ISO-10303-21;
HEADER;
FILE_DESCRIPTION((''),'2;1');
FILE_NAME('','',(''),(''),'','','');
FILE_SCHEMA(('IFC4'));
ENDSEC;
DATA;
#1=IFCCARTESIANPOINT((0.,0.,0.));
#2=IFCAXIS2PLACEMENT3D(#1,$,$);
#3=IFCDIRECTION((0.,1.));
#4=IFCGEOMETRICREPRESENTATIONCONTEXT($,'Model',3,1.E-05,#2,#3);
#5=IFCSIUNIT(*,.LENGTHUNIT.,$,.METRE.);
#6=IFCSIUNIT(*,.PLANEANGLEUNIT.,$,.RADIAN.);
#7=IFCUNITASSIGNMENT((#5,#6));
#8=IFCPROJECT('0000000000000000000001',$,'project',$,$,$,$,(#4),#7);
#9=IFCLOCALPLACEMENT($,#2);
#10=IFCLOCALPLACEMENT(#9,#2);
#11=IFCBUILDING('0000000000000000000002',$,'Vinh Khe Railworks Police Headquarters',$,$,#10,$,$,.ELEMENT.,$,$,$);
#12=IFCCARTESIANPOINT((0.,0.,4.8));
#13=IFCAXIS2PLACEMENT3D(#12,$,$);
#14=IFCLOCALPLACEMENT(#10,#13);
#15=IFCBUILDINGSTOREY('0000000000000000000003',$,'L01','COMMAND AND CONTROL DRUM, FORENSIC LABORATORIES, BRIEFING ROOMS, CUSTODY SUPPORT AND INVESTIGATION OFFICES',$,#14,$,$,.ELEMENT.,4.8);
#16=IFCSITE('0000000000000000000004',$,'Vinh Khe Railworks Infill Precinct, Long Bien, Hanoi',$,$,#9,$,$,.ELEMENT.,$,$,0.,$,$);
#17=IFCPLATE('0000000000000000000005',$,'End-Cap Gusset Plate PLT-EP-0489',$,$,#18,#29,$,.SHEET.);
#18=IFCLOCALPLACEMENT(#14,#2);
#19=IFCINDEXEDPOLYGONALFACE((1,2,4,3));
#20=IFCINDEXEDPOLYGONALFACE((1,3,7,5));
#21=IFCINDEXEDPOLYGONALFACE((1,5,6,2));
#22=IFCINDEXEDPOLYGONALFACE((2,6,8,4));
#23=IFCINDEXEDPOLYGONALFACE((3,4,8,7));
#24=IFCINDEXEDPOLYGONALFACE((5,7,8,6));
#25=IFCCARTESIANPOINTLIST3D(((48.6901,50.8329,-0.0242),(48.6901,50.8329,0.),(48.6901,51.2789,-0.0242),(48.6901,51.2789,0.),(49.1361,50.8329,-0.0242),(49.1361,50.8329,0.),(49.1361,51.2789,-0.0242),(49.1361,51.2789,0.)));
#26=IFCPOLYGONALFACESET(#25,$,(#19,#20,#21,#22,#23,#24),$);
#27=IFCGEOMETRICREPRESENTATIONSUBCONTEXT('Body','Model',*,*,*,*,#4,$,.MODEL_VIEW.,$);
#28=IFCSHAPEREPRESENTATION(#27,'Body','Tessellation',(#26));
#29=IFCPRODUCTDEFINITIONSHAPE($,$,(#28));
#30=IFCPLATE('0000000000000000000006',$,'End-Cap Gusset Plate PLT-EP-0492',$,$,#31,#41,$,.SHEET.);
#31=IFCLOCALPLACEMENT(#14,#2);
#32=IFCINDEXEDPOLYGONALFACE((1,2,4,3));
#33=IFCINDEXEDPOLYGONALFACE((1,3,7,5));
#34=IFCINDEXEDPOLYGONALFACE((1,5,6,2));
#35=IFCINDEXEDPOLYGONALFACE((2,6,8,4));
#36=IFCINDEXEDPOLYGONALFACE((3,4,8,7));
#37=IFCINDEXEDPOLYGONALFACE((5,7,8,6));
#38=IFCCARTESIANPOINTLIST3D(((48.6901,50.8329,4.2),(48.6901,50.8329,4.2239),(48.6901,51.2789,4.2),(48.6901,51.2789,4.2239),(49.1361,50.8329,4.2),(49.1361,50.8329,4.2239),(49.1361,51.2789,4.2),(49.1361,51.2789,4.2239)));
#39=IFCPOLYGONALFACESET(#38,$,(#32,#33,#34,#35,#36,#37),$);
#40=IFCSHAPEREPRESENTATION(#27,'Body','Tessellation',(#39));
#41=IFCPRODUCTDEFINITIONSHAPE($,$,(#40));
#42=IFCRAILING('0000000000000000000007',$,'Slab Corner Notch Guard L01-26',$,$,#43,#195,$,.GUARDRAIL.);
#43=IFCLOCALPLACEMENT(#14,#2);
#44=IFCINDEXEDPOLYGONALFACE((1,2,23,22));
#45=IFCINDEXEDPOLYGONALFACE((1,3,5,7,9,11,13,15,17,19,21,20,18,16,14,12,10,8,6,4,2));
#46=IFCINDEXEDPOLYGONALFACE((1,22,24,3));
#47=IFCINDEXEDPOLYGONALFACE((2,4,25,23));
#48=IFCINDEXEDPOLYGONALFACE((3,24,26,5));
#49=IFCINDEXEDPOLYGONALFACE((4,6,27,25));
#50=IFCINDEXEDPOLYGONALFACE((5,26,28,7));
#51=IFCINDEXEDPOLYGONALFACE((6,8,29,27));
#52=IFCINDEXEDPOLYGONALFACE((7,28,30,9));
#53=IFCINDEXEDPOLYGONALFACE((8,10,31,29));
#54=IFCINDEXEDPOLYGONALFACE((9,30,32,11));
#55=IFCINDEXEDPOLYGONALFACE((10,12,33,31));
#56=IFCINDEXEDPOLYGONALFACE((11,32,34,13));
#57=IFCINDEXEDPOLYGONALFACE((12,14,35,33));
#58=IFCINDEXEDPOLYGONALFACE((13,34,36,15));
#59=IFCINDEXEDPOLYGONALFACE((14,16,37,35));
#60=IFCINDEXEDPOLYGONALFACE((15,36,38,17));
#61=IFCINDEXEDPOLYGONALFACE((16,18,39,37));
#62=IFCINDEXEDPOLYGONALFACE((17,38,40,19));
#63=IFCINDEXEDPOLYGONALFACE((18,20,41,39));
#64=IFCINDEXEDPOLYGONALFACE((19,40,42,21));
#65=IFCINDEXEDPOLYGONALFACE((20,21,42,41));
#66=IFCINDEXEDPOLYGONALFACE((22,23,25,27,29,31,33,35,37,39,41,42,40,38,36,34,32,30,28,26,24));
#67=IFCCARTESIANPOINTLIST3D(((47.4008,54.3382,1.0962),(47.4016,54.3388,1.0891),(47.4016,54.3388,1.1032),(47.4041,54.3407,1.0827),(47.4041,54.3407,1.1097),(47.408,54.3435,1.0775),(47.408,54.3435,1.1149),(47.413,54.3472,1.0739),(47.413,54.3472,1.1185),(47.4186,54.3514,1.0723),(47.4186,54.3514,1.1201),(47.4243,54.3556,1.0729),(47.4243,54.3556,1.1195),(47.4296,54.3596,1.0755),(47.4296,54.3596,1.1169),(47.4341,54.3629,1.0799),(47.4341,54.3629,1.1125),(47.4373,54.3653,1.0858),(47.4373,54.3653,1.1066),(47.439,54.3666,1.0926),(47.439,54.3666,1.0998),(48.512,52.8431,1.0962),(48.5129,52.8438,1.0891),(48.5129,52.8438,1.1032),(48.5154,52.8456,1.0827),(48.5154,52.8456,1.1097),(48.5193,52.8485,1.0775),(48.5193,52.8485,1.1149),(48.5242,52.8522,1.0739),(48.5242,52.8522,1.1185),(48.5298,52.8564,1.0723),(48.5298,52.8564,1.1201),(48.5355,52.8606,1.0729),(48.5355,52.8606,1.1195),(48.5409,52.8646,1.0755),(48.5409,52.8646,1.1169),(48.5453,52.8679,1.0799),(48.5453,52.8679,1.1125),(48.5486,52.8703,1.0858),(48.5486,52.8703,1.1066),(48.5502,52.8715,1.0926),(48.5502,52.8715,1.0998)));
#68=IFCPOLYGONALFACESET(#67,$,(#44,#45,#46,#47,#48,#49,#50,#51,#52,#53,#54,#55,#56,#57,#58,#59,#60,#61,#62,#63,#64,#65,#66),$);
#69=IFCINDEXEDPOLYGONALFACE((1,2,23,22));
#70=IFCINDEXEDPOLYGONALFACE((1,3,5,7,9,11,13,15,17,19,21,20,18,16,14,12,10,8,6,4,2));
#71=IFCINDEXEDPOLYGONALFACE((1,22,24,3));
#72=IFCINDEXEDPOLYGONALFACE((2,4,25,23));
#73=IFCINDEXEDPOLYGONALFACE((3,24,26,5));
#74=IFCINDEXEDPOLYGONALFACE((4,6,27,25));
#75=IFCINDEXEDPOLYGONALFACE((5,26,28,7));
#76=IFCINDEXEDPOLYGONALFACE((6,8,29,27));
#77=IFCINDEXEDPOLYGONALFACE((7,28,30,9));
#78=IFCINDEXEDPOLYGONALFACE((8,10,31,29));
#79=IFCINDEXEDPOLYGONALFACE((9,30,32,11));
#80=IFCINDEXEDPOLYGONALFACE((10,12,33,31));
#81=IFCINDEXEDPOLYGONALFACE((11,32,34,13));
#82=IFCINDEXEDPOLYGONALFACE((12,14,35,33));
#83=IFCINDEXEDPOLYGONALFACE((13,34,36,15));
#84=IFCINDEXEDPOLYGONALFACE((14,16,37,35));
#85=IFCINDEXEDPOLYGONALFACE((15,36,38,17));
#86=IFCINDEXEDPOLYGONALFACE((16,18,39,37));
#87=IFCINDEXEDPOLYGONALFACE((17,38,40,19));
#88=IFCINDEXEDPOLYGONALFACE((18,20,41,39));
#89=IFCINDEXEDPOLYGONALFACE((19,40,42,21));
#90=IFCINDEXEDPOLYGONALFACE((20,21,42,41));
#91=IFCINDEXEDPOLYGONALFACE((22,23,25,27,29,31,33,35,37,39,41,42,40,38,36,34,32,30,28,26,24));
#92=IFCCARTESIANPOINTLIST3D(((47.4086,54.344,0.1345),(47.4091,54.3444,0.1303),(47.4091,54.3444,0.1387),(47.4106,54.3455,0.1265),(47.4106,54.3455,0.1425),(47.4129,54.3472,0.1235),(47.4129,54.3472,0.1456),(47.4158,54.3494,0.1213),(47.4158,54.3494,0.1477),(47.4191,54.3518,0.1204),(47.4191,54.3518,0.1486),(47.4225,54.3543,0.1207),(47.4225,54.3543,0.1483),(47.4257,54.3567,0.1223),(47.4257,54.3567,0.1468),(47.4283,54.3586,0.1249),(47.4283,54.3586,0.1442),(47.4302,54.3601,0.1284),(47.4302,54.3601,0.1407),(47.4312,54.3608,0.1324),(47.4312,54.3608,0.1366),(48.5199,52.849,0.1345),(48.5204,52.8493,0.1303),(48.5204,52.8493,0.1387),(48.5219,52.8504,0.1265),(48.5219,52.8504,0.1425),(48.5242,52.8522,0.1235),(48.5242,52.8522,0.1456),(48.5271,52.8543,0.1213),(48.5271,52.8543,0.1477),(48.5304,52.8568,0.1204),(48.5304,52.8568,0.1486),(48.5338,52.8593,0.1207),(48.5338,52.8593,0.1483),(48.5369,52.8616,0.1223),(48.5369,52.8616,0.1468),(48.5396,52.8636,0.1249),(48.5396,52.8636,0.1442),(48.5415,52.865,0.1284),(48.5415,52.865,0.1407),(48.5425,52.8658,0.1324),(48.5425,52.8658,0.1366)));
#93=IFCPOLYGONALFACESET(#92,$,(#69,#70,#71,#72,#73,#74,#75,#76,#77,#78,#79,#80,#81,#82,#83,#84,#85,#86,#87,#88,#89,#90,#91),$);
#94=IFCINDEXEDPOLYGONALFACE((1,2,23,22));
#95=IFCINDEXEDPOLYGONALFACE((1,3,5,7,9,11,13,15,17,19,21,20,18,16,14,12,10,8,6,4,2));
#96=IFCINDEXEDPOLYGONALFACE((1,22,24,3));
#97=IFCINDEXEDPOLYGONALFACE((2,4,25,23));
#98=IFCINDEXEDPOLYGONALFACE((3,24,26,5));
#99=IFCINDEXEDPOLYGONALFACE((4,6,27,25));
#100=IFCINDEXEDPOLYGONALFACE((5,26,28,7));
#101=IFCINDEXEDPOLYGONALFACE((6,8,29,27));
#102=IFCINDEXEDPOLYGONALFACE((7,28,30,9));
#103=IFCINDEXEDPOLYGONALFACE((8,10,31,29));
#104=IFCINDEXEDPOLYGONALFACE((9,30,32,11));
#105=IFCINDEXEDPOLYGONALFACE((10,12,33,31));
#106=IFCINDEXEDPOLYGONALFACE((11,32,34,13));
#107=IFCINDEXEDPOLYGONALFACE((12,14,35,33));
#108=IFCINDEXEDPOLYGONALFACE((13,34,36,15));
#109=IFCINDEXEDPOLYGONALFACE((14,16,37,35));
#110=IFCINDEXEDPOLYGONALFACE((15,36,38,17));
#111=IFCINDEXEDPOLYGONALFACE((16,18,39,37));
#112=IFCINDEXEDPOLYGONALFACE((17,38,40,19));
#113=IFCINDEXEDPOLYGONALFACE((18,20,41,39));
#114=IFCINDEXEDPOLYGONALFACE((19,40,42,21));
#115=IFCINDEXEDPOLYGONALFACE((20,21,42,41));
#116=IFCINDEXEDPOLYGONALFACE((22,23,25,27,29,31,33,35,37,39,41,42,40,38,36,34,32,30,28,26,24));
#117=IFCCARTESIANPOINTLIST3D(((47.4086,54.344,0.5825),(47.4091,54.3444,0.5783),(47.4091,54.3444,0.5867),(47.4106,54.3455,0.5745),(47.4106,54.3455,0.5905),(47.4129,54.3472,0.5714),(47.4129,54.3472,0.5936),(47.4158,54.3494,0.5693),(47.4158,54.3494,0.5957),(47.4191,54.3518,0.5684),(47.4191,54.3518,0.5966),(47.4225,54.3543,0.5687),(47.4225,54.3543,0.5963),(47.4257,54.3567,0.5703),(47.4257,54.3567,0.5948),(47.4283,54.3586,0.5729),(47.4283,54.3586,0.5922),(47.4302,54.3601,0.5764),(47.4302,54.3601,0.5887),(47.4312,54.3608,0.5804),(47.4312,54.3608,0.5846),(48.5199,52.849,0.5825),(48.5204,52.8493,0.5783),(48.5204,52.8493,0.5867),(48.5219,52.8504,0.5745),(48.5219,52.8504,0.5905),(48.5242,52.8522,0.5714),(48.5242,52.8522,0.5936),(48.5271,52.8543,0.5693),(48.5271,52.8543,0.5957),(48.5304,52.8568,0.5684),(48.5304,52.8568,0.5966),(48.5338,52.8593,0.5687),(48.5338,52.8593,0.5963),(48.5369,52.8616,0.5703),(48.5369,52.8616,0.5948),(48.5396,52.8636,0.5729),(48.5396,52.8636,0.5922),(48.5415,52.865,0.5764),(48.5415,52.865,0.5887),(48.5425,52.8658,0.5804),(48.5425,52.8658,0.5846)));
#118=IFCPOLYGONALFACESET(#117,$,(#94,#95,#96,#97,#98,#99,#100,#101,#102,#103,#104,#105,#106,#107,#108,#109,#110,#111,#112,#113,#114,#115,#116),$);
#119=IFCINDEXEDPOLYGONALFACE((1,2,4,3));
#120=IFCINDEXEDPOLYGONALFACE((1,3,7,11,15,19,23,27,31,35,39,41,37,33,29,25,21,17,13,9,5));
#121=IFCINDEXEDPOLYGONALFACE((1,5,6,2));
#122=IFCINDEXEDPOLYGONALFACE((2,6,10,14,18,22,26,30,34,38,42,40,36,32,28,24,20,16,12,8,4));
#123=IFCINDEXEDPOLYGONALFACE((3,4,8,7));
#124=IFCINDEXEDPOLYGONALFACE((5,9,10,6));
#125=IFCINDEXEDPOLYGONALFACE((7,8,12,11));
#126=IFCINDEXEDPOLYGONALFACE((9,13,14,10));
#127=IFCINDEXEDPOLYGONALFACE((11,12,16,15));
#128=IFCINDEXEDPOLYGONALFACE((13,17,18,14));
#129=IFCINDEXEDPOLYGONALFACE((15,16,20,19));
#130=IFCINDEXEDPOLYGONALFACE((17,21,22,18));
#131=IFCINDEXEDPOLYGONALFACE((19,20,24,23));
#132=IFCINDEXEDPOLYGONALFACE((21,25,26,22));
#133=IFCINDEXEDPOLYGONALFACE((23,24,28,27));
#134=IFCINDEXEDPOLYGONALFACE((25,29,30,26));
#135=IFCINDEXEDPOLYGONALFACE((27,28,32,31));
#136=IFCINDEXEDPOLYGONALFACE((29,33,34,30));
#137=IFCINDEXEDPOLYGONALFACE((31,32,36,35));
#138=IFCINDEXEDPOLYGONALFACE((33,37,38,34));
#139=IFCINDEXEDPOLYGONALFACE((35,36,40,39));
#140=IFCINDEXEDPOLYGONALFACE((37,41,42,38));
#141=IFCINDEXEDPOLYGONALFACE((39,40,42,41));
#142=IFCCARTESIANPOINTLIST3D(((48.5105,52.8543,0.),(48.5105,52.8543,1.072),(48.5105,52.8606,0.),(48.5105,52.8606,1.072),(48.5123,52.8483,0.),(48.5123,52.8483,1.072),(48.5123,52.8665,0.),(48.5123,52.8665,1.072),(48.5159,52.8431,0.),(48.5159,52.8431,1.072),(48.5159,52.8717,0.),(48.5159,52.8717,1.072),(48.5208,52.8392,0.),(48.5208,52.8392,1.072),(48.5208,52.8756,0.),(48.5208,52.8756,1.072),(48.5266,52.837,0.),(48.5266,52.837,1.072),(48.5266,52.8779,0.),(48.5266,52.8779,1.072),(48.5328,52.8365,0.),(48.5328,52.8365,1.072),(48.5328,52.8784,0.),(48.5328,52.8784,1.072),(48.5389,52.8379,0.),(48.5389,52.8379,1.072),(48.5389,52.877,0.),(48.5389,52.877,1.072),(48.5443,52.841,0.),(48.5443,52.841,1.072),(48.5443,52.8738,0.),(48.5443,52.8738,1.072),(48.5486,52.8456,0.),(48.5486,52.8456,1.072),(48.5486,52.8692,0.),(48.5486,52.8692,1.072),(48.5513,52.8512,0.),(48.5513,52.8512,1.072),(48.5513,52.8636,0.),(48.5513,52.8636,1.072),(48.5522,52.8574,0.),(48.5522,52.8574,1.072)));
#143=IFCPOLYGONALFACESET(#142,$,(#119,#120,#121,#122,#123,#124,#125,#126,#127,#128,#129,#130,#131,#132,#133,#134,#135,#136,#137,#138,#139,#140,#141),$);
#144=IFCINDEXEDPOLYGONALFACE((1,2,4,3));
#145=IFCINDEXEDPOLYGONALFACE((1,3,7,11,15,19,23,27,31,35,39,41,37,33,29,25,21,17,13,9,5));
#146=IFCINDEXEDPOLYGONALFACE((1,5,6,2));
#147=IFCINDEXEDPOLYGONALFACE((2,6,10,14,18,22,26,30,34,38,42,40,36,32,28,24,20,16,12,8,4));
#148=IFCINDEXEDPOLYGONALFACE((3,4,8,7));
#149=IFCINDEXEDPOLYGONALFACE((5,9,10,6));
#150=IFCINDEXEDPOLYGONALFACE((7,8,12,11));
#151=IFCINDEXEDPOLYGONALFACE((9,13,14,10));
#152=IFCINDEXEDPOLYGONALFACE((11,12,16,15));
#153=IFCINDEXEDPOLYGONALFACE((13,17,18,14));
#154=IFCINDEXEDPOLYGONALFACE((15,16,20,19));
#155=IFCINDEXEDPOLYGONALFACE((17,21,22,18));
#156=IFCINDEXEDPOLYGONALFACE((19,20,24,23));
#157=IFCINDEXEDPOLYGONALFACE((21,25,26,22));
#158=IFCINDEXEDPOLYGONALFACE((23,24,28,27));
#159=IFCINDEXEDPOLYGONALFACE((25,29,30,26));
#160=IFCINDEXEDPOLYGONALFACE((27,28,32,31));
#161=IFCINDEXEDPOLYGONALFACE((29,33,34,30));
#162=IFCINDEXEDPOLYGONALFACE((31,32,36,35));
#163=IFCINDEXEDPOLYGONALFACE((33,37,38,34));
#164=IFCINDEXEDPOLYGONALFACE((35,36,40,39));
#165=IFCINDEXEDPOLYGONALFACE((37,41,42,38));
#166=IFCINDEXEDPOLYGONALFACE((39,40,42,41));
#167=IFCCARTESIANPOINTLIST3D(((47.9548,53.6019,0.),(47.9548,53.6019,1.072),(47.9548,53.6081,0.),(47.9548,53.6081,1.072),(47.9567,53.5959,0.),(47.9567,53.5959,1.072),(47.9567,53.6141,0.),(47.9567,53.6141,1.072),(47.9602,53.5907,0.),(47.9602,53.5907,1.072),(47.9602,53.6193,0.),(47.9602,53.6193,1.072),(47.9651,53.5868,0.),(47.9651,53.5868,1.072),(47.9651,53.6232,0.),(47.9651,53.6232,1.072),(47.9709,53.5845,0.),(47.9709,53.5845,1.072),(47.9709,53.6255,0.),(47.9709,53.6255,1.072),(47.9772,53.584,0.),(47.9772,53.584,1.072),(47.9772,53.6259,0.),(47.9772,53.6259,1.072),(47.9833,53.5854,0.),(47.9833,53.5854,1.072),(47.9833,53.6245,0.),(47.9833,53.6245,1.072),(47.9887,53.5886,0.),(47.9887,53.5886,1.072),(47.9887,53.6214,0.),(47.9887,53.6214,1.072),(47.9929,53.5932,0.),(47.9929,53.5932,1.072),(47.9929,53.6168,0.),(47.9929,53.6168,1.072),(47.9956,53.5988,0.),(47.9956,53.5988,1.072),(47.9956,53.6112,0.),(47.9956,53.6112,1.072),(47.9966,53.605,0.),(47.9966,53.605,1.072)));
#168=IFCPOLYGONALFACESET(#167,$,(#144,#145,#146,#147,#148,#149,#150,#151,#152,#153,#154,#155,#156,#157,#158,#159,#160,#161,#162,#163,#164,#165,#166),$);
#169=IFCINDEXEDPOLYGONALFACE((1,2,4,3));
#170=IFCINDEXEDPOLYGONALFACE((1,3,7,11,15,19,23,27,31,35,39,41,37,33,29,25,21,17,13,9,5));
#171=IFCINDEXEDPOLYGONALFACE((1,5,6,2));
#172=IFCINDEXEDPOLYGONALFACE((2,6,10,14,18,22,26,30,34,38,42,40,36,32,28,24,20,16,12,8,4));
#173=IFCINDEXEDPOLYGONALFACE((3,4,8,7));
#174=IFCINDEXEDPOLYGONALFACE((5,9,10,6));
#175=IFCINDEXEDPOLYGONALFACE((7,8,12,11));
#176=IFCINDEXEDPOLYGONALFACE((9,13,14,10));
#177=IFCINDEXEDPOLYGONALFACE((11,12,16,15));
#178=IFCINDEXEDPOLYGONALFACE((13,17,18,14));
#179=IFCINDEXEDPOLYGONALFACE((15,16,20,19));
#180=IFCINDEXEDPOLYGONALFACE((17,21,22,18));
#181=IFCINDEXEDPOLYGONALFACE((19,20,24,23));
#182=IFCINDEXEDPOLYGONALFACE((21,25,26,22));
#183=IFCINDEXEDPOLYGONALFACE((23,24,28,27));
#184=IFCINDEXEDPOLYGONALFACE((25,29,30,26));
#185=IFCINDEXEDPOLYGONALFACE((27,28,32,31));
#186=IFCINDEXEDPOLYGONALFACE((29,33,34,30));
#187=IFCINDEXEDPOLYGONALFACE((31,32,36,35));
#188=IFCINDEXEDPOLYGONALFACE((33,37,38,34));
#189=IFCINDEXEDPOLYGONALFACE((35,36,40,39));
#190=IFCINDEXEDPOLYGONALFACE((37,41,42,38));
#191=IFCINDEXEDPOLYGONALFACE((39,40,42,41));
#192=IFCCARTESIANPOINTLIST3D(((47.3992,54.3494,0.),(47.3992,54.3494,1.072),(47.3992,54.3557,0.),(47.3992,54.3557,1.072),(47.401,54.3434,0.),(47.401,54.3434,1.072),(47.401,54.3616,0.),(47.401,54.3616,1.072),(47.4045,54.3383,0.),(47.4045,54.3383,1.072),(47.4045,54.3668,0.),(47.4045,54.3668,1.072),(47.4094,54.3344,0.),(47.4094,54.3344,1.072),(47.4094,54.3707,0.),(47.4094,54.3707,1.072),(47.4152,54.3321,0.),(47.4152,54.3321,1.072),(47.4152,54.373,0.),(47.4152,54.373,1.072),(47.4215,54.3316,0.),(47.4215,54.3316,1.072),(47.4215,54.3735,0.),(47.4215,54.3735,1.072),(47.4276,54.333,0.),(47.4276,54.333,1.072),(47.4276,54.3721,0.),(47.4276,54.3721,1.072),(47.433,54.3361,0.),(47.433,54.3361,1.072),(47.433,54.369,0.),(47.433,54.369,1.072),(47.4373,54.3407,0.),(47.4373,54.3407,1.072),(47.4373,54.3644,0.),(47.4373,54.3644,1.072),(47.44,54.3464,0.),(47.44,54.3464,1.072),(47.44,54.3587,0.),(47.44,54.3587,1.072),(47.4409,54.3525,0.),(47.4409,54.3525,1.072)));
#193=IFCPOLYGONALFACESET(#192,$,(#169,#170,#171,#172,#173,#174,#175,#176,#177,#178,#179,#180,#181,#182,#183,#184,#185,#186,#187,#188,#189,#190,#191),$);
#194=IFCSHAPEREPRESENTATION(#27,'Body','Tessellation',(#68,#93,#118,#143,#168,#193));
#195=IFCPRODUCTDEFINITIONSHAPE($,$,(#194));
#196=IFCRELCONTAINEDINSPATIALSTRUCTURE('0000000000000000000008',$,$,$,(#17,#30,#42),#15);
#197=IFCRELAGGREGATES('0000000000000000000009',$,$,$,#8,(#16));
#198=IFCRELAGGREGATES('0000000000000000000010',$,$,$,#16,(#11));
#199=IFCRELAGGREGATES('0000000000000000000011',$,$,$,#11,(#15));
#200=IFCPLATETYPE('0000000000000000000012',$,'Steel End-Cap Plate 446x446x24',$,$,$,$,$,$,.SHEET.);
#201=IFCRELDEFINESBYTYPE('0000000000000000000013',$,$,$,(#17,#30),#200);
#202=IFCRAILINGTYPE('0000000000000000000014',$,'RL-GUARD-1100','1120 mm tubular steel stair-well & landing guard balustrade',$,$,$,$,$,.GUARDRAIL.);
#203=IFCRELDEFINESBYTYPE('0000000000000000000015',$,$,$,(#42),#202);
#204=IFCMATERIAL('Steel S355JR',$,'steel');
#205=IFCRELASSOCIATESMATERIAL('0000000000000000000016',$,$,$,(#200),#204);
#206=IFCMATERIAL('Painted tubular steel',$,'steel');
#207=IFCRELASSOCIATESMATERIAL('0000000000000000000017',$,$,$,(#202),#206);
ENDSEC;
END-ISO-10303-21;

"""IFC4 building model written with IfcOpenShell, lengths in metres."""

from ifc_helpers import new_model, si_unit, direction, frame, origin, origin_2d, place, context, subcontext, project, spatial, rectangle, circle, extrude, material, material_profile, profile_set, type_object, element, save


model = new_model("IFC4")

# Units and contexts
model_context = context("Model", 3, precision=1e-05, world=origin(), true_north=direction((0.0, 1.0)))
body_context = subcontext(model_context, "Body", "Model", "MODEL_VIEW")
ifc_project = project(units=[si_unit("LENGTHUNIT", "METRE"), si_unit("PLANEANGLEUNIT", "RADIAN")], contexts=[model_context])

# Site, building, storey
site_placement = place(None, origin())
site = spatial("IfcSite", under=ifc_project, at=site_placement, Name="Vinh Khe Railworks Infill Precinct, Long Bien, Hanoi", CompositionType="ELEMENT", RefElevation=0.0)
building_placement = place(site_placement, origin())
building = spatial("IfcBuilding", under=site, at=building_placement, Name="Vinh Khe Railworks Police Headquarters", CompositionType="ELEMENT")
storey_placement = place(building_placement, frame((0.0, 0.0, 4.8)))
storey = spatial("IfcBuildingStorey", under=building, at=storey_placement, Name="L01", Description="COMMAND AND CONTROL DRUM, FORENSIC LABORATORIES, BRIEFING ROOMS, CUSTODY SUPPORT AND INVESTIGATION OFFICES", CompositionType="ELEMENT", Elevation=4.8)

# Shared definitions
ifc_material_1 = material(Name="Steel S355JR", Category="steel")

# Plates
ifc_material_profile_1 = material_profile(ifc_material_1, rectangle(XDim=0.446, YDim=0.446, at=origin_2d()), Name="PL 446x446")
ifc_profile_set_1 = profile_set([ifc_material_profile_1], Name="Steel S355JR")
plate_type_1 = type_object("IfcPlateType", Name="Steel End-Cap Plate 446x446x24", PredefinedType="SHEET", material=ifc_profile_set_1)
plate_1_placement = place(storey_placement, frame((48.9131, 51.0559, 0.0), z_axis=(0.0, 0.0, -1.0), x_axis=(1.0, 0.0, 0.0)))
element("IfcPlate", 1, at=plate_1_placement, inside=storey, type_object=plate_type_1, Name="End-Cap Gusset Plate PLT-EP-0489", PredefinedType="SHEET", context=body_context, shape_type="SweptSolid", body=[
    extrude(rectangle(XDim=0.446, YDim=0.446, at=origin_2d()), origin(), (0.0, 0.0, 1.0), 0.0242),
])
plate_2_placement = place(storey_placement, frame((48.9131, 51.0559, 4.2), z_axis=(0.0, 0.0, 1.0), x_axis=(1.0, 0.0, 0.0)))
element("IfcPlate", 2, at=plate_2_placement, inside=storey, type_object=plate_type_1, Name="End-Cap Gusset Plate PLT-EP-0492", PredefinedType="SHEET", context=body_context, shape_type="SweptSolid", body=[
    extrude(rectangle(XDim=0.446, YDim=0.446, at=origin_2d()), origin(), (0.0, 0.0, 1.0), 0.0239),
])

# Railing
ifc_material_2 = material(Name="Painted tubular steel", Category="steel")
railing_type = type_object("IfcRailingType", Name="RL-GUARD-1100", Description="1120 mm tubular steel stair-well & landing guard balustrade", PredefinedType="GUARDRAIL", material=ifc_material_2)
railing_placement = place(storey_placement, frame((48.5312, 52.8574, 0.0)))
element("IfcRailing", 3, at=railing_placement, inside=storey, type_object=railing_type, Name="Slab Corner Notch Guard L01-26", PredefinedType="GUARDRAIL", context=body_context, shape_type="SweptSolid", body=[
    extrude(circle(Radius=0.0239, at=origin_2d()), frame((0.0, 0.0, 1.0962), z_axis=(-0.596556, 0.802572, 0.0), x_axis=(-0.802572, -0.596556, 0.0)), (0.0, 0.0, 1.0), 1.8628),
    extrude(circle(Radius=0.0142, at=origin_2d()), frame((0.0, 0.0, 0.1345), z_axis=(-0.596556, 0.802572, 0.0), x_axis=(-0.802572, -0.596556, 0.0)), (0.0, 0.0, 1.0), 1.8628),
    extrude(circle(Radius=0.0142, at=origin_2d()), frame((0.0, 0.0, 0.5825), z_axis=(-0.596556, 0.802572, 0.0), x_axis=(-0.802572, -0.596556, 0.0)), (0.0, 0.0, 1.0), 1.8628),
    extrude(circle(Radius=0.021, at=origin_2d()), origin(), (0.0, 0.0, 1.0), 1.072),
    extrude(circle(Radius=0.021, at=origin_2d()), frame((-0.5557, 0.7476, 0.0)), (0.0, 0.0, 1.0), 1.072),
    extrude(circle(Radius=0.021, at=origin_2d()), frame((-1.1113, 1.4951, 0.0)), (0.0, 0.0, 1.0), 1.072),
])

save(model, "model.ifc")
